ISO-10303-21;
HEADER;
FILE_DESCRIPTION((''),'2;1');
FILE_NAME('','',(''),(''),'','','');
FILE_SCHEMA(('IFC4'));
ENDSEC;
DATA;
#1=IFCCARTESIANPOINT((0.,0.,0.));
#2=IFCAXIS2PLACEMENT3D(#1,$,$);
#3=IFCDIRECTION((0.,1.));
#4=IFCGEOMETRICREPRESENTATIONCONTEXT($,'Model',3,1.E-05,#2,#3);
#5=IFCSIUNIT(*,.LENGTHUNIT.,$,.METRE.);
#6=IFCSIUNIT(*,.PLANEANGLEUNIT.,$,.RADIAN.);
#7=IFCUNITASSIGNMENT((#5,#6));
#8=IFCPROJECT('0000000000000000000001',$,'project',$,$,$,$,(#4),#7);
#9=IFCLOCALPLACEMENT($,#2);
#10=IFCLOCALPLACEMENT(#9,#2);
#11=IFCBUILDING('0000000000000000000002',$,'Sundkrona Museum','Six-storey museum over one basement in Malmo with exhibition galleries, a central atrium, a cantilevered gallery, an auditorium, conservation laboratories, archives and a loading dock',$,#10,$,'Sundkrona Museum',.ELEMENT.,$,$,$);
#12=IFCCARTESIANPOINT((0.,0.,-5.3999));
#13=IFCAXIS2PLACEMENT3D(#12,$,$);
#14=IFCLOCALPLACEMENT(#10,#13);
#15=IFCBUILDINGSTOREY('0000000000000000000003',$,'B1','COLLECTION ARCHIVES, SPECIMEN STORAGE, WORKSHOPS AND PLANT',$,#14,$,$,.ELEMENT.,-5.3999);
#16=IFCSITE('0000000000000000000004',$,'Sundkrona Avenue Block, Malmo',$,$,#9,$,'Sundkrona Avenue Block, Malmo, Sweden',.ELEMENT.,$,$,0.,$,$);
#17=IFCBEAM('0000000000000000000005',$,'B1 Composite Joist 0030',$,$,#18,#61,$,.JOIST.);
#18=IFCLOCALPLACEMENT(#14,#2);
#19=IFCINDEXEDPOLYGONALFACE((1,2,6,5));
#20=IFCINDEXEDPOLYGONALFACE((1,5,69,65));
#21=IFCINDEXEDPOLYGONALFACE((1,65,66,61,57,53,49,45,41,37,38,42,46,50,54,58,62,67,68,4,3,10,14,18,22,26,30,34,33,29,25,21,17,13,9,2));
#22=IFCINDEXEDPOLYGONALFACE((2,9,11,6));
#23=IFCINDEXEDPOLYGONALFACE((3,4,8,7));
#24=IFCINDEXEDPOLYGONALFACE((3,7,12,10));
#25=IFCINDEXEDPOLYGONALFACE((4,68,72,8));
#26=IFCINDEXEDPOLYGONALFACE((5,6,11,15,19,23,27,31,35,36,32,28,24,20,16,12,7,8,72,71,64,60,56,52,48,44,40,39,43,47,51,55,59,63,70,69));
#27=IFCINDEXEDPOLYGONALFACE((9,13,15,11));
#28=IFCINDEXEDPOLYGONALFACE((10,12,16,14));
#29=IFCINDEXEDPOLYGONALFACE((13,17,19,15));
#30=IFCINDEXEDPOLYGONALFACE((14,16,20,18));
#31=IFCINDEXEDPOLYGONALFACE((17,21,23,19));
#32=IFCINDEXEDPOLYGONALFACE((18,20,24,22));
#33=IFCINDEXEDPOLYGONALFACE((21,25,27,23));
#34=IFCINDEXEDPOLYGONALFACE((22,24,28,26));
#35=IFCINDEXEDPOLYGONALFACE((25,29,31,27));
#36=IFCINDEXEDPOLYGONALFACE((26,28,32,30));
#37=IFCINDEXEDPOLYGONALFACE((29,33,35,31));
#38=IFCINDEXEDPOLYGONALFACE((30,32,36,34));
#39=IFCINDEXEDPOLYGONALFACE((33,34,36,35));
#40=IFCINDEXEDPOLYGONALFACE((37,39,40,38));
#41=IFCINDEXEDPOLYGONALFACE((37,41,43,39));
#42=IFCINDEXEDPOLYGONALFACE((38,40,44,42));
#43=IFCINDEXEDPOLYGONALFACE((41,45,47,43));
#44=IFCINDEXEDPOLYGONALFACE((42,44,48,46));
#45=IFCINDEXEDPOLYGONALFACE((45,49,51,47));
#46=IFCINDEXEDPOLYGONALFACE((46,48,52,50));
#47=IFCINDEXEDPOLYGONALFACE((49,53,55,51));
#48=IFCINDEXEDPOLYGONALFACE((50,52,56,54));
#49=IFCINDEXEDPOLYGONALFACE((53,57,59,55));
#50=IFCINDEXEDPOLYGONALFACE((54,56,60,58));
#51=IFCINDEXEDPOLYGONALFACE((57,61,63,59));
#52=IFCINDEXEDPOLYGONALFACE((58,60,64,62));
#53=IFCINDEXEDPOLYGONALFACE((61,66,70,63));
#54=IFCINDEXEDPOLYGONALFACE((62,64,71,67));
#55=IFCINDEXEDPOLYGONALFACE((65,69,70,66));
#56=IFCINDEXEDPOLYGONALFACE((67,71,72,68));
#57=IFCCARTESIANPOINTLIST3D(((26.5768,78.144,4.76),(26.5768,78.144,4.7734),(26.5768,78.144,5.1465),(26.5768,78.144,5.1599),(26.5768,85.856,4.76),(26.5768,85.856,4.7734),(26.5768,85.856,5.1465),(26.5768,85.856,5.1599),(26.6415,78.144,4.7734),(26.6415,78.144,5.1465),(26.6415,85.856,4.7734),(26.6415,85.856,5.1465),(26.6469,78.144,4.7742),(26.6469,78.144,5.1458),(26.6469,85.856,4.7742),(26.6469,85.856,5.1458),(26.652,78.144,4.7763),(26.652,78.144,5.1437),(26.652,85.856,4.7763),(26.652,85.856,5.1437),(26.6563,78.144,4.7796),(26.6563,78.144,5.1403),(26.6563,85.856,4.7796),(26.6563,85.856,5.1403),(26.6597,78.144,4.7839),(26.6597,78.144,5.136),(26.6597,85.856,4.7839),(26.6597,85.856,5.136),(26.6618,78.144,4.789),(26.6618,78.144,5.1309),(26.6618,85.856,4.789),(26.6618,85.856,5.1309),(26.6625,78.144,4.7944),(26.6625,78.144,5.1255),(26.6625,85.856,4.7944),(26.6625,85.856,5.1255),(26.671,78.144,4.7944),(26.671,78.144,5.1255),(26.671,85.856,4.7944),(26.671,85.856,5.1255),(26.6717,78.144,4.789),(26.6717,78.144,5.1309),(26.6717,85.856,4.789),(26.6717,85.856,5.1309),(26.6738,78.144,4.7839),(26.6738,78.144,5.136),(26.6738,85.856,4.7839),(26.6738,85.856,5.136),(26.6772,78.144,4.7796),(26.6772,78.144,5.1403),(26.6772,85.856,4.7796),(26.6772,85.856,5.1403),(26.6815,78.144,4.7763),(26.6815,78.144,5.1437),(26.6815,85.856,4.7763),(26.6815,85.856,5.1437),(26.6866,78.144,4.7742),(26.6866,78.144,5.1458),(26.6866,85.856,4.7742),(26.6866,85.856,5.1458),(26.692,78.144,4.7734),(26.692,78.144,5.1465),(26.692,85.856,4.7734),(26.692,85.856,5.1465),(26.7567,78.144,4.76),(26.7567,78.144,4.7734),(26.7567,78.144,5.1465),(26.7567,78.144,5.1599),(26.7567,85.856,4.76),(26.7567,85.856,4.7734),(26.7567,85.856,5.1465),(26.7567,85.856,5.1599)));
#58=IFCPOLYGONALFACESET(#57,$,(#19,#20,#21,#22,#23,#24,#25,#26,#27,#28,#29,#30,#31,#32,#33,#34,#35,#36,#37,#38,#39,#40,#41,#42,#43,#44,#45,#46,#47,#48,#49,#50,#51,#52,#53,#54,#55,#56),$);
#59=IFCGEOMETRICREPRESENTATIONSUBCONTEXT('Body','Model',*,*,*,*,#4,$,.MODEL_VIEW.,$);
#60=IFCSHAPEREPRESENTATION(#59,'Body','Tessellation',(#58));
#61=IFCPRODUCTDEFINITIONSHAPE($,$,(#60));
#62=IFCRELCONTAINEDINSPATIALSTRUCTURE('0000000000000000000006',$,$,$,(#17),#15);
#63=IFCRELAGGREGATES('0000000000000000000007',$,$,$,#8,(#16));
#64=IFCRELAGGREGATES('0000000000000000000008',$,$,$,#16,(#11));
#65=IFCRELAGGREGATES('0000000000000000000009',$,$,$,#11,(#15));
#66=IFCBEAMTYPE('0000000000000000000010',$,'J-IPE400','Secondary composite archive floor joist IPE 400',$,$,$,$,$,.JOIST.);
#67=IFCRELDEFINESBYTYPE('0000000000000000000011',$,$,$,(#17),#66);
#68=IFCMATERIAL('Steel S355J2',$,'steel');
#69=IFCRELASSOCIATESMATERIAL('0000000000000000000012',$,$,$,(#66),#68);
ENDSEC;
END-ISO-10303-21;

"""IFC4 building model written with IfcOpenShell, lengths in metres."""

from ifc_helpers import new_model, si_unit, direction, frame, origin, origin_2d, place, context, subcontext, project, spatial, i_section, extrude, material, material_profile, profile_set, type_object, element, save


model = new_model("IFC4")

# Units and contexts
model_context = context("Model", 3, precision=1e-05, world=origin(), true_north=direction((0.0, 1.0)))
body_context = subcontext(model_context, "Body", "Model", "MODEL_VIEW")
ifc_project = project(units=[si_unit("LENGTHUNIT", "METRE"), si_unit("PLANEANGLEUNIT", "RADIAN")], contexts=[model_context])

# Site, building, storey
site_placement = place(None, origin())
site = spatial("IfcSite", under=ifc_project, at=site_placement, Name="Sundkrona Avenue Block, Malmo", LongName="Sundkrona Avenue Block, Malmo, Sweden", CompositionType="ELEMENT", RefElevation=0.0)
building_placement = place(site_placement, origin())
building = spatial("IfcBuilding", under=site, at=building_placement, Name="Sundkrona Museum", Description="Six-storey museum over one basement in Malmo with exhibition galleries, a central atrium, a cantilevered gallery, an auditorium, conservation laboratories, archives and a loading dock", LongName="Sundkrona Museum", CompositionType="ELEMENT")
storey_placement = place(building_placement, frame((0.0, 0.0, -5.3999)))
storey = spatial("IfcBuildingStorey", under=building, at=storey_placement, Name="B1", Description="COLLECTION ARCHIVES, SPECIMEN STORAGE, WORKSHOPS AND PLANT", CompositionType="ELEMENT", Elevation=-5.3999)

# Beam
ifc_material_1 = material(Name="Steel S355J2", Category="steel")
ifc_material_profile_1 = material_profile(ifc_material_1, i_section(OverallWidth=0.1799, OverallDepth=0.3999, WebThickness=0.0085, FlangeThickness=0.0134, FilletRadius=0.021, at=origin_2d()), Name="IPE 400")
ifc_profile_set_1 = profile_set([ifc_material_profile_1], Name="Steel S355J2")
beam_type_1 = type_object("IfcBeamType", Name="J-IPE400", Description="Secondary composite archive floor joist IPE 400", PredefinedType="JOIST", material=ifc_profile_set_1)
beam_placement = place(storey_placement, frame((26.6667, 78.144, 4.96), z_axis=(0.0, 1.0, 0.0), x_axis=(-1.0, 0.0, 0.0)))
element("IfcBeam", 1, at=beam_placement, inside=storey, type_object=beam_type_1, Name="B1 Composite Joist 0030", PredefinedType="JOIST", context=body_context, shape_type="SweptSolid", body=[
    extrude(i_section(OverallWidth=0.1799, OverallDepth=0.3999, WebThickness=0.0085, FlangeThickness=0.0134, FilletRadius=0.021, at=origin_2d()), origin(), (0.0, 0.0, 1.0), 7.7119),
])

save(model, "model.ifc")
